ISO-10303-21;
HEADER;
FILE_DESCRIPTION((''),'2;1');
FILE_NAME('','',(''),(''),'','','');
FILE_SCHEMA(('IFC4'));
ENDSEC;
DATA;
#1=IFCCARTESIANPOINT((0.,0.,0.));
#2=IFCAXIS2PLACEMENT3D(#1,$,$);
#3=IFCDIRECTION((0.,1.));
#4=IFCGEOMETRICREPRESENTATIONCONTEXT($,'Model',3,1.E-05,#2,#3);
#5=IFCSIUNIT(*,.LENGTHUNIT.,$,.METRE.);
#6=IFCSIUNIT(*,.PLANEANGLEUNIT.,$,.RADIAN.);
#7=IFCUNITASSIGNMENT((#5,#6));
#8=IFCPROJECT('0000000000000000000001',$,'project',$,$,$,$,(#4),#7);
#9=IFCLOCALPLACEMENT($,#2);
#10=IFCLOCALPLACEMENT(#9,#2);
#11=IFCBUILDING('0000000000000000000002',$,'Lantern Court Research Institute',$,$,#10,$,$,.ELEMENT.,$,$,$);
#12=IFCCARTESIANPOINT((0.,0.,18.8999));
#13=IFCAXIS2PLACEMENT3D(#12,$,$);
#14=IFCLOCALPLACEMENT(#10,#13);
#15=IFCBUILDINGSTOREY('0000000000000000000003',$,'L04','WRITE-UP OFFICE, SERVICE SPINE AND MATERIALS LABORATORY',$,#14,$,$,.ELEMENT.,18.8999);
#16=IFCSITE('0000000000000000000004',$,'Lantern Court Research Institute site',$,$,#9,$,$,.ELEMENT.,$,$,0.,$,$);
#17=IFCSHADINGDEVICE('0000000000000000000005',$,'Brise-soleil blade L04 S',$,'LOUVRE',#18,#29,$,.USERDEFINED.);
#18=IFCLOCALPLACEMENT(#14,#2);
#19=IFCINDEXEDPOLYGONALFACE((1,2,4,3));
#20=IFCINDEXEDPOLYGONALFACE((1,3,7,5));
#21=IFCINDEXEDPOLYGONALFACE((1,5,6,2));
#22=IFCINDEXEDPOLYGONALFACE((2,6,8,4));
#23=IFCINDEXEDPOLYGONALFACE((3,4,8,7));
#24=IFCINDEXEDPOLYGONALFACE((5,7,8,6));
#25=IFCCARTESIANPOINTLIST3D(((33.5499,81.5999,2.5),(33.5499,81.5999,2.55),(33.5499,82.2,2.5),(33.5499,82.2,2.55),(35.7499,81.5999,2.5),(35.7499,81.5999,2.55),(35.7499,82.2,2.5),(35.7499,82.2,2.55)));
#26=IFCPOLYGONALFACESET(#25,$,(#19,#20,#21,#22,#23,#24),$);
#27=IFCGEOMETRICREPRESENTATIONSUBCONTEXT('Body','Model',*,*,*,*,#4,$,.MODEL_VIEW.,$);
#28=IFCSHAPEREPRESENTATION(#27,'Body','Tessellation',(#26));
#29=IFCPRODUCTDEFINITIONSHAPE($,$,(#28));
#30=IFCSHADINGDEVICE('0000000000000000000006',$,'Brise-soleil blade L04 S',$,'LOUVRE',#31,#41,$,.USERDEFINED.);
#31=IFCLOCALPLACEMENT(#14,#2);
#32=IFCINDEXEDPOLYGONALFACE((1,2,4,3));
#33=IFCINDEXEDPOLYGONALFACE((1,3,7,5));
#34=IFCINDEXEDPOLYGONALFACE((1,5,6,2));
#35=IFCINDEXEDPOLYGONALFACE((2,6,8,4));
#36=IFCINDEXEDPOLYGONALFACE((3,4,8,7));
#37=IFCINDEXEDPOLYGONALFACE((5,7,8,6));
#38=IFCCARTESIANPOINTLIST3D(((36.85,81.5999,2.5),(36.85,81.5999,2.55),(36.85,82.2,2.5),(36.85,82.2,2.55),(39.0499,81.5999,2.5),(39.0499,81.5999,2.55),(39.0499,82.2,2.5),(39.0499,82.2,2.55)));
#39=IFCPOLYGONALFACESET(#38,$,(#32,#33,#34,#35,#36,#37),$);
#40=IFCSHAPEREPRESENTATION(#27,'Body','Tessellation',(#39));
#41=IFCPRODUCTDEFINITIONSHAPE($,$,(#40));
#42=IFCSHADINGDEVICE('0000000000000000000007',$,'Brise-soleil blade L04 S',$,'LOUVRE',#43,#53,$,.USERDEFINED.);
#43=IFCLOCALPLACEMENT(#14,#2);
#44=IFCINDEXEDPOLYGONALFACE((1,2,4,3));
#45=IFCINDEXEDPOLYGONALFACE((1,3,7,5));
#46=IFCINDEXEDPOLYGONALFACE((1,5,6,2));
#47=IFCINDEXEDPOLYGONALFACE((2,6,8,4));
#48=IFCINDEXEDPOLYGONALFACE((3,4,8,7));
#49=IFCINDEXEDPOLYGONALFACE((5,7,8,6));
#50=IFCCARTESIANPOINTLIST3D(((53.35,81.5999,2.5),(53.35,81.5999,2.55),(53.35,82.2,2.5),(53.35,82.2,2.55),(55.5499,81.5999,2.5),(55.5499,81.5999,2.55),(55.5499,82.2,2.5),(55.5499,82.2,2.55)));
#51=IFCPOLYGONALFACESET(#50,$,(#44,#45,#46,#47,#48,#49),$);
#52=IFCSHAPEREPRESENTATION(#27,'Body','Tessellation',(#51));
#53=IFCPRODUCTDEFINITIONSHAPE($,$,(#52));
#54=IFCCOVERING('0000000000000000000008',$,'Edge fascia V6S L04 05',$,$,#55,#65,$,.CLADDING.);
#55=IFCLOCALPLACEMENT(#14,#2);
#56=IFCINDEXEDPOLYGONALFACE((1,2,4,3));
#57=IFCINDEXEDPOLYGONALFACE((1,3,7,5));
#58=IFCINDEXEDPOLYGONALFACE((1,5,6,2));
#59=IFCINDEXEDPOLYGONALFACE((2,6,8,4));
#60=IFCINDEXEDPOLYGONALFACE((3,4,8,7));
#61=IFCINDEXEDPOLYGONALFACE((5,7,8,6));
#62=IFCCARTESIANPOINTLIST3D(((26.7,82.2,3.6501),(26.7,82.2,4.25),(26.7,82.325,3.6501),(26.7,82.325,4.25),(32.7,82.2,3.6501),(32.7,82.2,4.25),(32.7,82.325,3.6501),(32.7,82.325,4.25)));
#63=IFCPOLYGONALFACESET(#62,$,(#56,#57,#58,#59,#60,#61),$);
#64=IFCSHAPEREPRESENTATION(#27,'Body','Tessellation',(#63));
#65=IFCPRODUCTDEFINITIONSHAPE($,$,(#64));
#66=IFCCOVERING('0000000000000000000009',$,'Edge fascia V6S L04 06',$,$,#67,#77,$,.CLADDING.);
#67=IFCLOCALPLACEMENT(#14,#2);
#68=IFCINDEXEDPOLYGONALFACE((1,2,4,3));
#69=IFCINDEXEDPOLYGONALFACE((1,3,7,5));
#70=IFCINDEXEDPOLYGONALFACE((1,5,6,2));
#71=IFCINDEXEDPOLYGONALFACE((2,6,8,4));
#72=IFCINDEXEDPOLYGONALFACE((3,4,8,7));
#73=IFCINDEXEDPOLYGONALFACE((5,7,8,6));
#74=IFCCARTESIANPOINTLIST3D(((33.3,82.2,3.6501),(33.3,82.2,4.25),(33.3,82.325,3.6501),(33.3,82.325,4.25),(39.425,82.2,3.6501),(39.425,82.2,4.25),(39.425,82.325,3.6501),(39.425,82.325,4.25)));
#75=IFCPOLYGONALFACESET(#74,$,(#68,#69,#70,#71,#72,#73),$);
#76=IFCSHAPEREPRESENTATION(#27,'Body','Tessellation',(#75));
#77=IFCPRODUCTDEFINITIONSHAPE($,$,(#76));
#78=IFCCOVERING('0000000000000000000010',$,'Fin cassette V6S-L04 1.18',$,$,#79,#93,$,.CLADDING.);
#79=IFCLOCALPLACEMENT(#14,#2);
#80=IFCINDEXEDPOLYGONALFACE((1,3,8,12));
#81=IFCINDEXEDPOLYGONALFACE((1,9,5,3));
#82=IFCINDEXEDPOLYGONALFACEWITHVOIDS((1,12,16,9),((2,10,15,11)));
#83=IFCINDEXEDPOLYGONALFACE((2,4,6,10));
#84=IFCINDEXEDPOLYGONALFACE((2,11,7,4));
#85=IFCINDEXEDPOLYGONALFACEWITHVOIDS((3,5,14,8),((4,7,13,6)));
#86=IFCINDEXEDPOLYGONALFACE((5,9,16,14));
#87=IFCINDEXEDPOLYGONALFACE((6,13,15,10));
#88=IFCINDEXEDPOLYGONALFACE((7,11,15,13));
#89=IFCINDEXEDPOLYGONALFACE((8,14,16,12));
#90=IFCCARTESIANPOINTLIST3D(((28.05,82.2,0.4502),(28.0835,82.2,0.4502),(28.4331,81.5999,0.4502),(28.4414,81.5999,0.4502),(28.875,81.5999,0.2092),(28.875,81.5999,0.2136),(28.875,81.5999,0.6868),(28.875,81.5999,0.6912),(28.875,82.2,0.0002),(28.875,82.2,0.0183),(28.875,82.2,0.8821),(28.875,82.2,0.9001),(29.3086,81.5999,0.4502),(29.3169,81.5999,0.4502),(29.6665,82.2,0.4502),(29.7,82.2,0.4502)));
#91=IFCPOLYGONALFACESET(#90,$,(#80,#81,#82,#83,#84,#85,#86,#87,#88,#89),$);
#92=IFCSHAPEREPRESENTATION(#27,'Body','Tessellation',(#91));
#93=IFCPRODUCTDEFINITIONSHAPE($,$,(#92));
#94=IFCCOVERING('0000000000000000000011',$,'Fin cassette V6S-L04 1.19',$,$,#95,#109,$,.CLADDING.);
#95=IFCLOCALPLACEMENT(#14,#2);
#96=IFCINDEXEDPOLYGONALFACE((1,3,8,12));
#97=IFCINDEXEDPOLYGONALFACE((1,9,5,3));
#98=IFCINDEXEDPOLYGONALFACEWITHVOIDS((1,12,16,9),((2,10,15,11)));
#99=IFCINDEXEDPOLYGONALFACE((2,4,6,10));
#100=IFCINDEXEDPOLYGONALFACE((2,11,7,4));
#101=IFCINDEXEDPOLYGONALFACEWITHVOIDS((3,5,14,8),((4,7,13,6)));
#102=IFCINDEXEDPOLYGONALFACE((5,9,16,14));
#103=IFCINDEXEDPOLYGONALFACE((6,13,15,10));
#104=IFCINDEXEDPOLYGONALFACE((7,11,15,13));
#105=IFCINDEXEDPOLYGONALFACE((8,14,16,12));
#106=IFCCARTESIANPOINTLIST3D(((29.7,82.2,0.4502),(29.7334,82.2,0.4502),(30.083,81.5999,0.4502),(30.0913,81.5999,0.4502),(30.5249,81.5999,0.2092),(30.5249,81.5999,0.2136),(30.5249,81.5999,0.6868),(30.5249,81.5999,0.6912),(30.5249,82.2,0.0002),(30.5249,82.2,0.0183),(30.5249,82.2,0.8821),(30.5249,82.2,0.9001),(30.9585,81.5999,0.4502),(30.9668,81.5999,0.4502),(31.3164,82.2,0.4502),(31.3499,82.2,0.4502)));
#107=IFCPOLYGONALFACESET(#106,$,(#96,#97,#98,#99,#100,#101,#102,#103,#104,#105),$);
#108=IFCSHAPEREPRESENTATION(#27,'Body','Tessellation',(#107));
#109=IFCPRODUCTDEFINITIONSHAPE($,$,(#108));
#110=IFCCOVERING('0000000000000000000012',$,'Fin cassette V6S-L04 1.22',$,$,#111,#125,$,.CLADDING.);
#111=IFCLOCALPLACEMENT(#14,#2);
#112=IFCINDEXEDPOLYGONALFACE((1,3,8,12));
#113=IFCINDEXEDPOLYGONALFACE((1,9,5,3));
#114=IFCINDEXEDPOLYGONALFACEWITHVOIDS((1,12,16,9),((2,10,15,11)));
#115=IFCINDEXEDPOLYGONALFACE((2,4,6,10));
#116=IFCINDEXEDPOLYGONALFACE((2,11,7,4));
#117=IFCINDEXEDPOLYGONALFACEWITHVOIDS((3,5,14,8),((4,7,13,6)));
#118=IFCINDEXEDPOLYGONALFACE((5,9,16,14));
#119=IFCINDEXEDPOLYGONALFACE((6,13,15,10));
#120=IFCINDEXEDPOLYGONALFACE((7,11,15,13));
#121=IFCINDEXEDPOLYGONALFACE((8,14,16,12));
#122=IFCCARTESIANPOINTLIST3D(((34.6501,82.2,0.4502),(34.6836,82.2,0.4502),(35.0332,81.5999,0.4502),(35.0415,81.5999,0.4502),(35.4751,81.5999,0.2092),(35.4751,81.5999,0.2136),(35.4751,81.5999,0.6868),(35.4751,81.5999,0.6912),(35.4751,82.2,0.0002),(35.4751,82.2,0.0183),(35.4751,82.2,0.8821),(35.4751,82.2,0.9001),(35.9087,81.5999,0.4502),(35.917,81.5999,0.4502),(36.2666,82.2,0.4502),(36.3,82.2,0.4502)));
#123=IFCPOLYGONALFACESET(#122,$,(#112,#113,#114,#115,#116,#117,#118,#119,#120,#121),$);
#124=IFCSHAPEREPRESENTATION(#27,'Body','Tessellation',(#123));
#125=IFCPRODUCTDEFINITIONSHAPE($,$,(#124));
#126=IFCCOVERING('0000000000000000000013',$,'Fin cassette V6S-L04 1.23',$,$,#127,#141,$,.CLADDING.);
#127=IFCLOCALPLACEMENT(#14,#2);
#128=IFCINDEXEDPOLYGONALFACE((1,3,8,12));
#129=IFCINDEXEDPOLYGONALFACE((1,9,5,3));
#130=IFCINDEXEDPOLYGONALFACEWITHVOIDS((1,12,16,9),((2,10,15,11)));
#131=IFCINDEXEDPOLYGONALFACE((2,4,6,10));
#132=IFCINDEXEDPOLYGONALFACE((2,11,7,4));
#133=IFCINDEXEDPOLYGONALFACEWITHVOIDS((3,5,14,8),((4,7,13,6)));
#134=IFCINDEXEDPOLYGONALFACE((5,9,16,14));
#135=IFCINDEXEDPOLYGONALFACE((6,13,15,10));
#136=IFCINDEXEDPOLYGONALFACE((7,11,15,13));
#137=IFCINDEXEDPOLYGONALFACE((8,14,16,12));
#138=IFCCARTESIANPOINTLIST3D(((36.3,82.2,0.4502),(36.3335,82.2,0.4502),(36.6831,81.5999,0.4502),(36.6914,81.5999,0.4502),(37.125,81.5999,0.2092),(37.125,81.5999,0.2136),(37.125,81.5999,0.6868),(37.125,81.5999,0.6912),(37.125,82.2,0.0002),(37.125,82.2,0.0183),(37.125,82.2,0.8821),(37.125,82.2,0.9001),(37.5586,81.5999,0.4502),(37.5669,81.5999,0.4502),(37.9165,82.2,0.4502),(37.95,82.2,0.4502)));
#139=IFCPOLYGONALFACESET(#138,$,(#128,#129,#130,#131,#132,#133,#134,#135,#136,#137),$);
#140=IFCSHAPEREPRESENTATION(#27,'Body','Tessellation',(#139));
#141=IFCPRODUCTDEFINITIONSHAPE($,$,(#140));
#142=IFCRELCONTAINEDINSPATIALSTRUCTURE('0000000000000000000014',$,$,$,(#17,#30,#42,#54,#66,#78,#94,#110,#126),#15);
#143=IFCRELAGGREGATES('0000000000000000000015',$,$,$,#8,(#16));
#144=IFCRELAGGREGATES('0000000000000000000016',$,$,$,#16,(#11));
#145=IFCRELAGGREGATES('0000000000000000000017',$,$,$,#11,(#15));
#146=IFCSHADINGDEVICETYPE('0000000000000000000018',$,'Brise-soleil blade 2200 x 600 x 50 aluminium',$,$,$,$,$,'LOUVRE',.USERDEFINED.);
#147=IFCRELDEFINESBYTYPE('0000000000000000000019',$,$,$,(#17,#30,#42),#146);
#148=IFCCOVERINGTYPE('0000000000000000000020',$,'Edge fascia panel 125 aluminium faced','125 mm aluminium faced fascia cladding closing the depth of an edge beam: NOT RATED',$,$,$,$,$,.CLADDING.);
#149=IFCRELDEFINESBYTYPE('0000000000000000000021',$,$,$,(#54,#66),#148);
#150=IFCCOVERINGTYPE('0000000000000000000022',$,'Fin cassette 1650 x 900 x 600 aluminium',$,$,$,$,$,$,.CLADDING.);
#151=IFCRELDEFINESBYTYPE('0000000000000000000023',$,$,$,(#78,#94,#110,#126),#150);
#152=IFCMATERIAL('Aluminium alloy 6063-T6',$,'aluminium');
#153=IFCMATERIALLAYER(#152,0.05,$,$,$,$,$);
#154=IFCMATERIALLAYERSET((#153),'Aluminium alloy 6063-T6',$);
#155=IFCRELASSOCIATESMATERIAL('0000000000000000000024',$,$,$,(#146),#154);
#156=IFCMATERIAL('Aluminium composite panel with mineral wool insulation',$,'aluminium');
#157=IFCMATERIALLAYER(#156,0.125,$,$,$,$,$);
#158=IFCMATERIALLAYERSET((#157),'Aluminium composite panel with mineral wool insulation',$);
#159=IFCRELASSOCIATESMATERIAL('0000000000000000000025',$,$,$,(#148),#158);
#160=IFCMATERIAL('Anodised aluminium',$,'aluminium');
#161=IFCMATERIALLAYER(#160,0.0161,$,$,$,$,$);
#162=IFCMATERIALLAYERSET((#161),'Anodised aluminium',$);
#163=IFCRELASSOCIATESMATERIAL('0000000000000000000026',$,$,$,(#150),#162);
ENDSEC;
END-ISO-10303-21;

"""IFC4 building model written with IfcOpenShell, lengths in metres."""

from ifc_helpers import new_model, entity, si_unit, direction, frame, frame_2d, origin, origin_2d, place, context, subcontext, project, spatial, rectangle, extrude, material, layer, layer_set, type_object, element, save


model = new_model("IFC4")

# Units and contexts
model_context = context("Model", 3, precision=1e-05, world=origin(), true_north=direction((0.0, 1.0)))
body_context = subcontext(model_context, "Body", "Model", "MODEL_VIEW")
ifc_project = project(units=[si_unit("LENGTHUNIT", "METRE"), si_unit("PLANEANGLEUNIT", "RADIAN")], contexts=[model_context])

# Site, building, storey
site_placement = place(None, origin())
site = spatial("IfcSite", under=ifc_project, at=site_placement, Name="Lantern Court Research Institute site", CompositionType="ELEMENT", RefElevation=0.0)
building_placement = place(site_placement, origin())
building = spatial("IfcBuilding", under=site, at=building_placement, Name="Lantern Court Research Institute", CompositionType="ELEMENT")
storey_placement = place(building_placement, frame((0.0, 0.0, 18.8999)))
storey = spatial("IfcBuildingStorey", under=building, at=storey_placement, Name="L04", Description="WRITE-UP OFFICE, SERVICE SPINE AND MATERIALS LABORATORY", CompositionType="ELEMENT", Elevation=18.8999)

# Shading devices
ifc_material_1 = material(Name="Aluminium alloy 6063-T6", Category="aluminium")
ifc_layer_1 = layer(ifc_material_1, 0.05)
ifc_layer_set_1 = layer_set([ifc_layer_1], Name="Aluminium alloy 6063-T6")
shading_device_type = type_object("IfcShadingDeviceType", Name="Brise-soleil blade 2200 x 600 x 50 aluminium", ElementType="LOUVRE", PredefinedType="USERDEFINED", material=ifc_layer_set_1)
for number, where, z_axis, x_axis, name in (
    (1, (34.6499, 81.8999, 2.5), (0.0, 0.0, 1.0), (-1.0, 0.0, 0.0), "Brise-soleil blade L04 S"),
    (2, (37.95, 81.8999, 2.5), (0.0, 0.0, 1.0), (-1.0, 0.0, 0.0), "Brise-soleil blade L04 S"),
    (3, (54.45, 81.8999, 2.5), (0.0, 0.0, 1.0), (-1.0, 0.0, 0.0), "Brise-soleil blade L04 S"),
):
    element("IfcShadingDevice", number, at=place(storey_placement, frame(where, z_axis=z_axis, x_axis=x_axis)), inside=storey, type_object=shading_device_type, Name=name, ObjectType="LOUVRE", PredefinedType="USERDEFINED", context=body_context, shape_type="SweptSolid", body=[
        extrude(rectangle(XDim=2.2, YDim=0.6001, at=origin_2d()), origin(), (0.0, 0.0, 1.0), 0.05),
    ])

# Coverings
ifc_material_2 = material(Name="Aluminium composite panel with mineral wool insulation", Category="aluminium")
ifc_layer_2 = layer(ifc_material_2, 0.125)
ifc_layer_set_2 = layer_set([ifc_layer_2], Name="Aluminium composite panel with mineral wool insulation")
covering_type_1 = type_object("IfcCoveringType", Name="Edge fascia panel 125 aluminium faced", Description="125 mm aluminium faced fascia cladding closing the depth of an edge beam: NOT RATED", PredefinedType="CLADDING", material=ifc_layer_set_2)
covering_1_placement = place(storey_placement, frame((32.7, 82.2625, 3.6501), z_axis=(0.0, 0.0, 1.0), x_axis=(-1.0, 0.0, 0.0)))
element("IfcCovering", 4, at=covering_1_placement, inside=storey, type_object=covering_type_1, Name="Edge fascia V6S L04 05", PredefinedType="CLADDING", context=body_context, shape_type="SweptSolid", body=[
    extrude(rectangle(XDim=6.0, YDim=0.125, at=frame_2d((3.0, 0.0))), origin(), (0.0, 0.0, 1.0), 0.5999),
])
covering_2_placement = place(storey_placement, frame((39.425, 82.2625, 3.6501), z_axis=(0.0, 0.0, 1.0), x_axis=(-1.0, 0.0, 0.0)))
element("IfcCovering", 5, at=covering_2_placement, inside=storey, type_object=covering_type_1, Name="Edge fascia V6S L04 06", PredefinedType="CLADDING", context=body_context, shape_type="SweptSolid", body=[
    extrude(rectangle(XDim=6.125, YDim=0.125, at=frame_2d((3.0625, 0.0))), origin(), (0.0, 0.0, 1.0), 0.5999),
])
ifc_material_3 = material(Name="Anodised aluminium", Category="aluminium")
ifc_layer_3 = layer(ifc_material_3, 0.0161)
ifc_layer_set_3 = layer_set([ifc_layer_3], Name="Anodised aluminium")
covering_type_2 = type_object("IfcCoveringType", Name="Fin cassette 1650 x 900 x 600 aluminium", PredefinedType="CLADDING", material=ifc_layer_set_3)
covering_3_placement = place(storey_placement, frame((28.875, 82.2, 0.4502), z_axis=(0.0, -1.0, 0.0), x_axis=(1.0, 0.0, 0.0)))
cartesian_point_1 = entity("IfcCartesianPoint", [0.825, 0.0])
cartesian_point_2 = entity("IfcCartesianPoint", [0.7915, 0.0])
cartesian_point_3 = entity("IfcCartesianPoint", [0.4419, 0.0])
cartesian_point_4 = entity("IfcCartesianPoint", [0.4336, 0.0])
element("IfcCovering", 6, at=covering_3_placement, inside=storey, type_object=covering_type_2, Name="Fin cassette V6S-L04 1.18", PredefinedType="CLADDING", context=body_context, shape_type="SweptSolid", body=[
    entity("IfcExtrudedAreaSolidTapered", entity("IfcArbitraryProfileDefWithVoids", "AREA", None, entity("IfcPolyline", [cartesian_point_1, entity("IfcCartesianPoint", [0.0, 0.45]), entity("IfcCartesianPoint", [-0.825, 0.0]), entity("IfcCartesianPoint", [0.0, -0.45]), cartesian_point_1]), [entity("IfcPolyline", [cartesian_point_2, entity("IfcCartesianPoint", [0.0, 0.4319]), entity("IfcCartesianPoint", [-0.7915, 0.0]), entity("IfcCartesianPoint", [0.0, -0.4319]), cartesian_point_2])]), entity("IfcAxis2Placement3D", entity("IfcCartesianPoint", [0.0, 0.0, 0.0])), entity("IfcDirection", [0.0, 0.0, 1.0]), 0.6001, entity("IfcArbitraryProfileDefWithVoids", "AREA", None, entity("IfcPolyline", [cartesian_point_3, entity("IfcCartesianPoint", [0.0, 0.241]), entity("IfcCartesianPoint", [-0.4419, 0.0]), entity("IfcCartesianPoint", [0.0, -0.241]), cartesian_point_3]), [entity("IfcPolyline", [cartesian_point_4, entity("IfcCartesianPoint", [0.0, 0.2366]), entity("IfcCartesianPoint", [-0.4336, 0.0]), entity("IfcCartesianPoint", [0.0, -0.2366]), cartesian_point_4])])),
])
covering_4_placement = place(storey_placement, frame((30.5249, 82.2, 0.4502), z_axis=(0.0, -1.0, 0.0), x_axis=(1.0, 0.0, 0.0)))
cartesian_point_5 = entity("IfcCartesianPoint", [0.825, 0.0])
cartesian_point_6 = entity("IfcCartesianPoint", [0.7915, 0.0])
cartesian_point_7 = entity("IfcCartesianPoint", [0.4419, 0.0])
cartesian_point_8 = entity("IfcCartesianPoint", [0.4336, 0.0])
element("IfcCovering", 7, at=covering_4_placement, inside=storey, type_object=covering_type_2, Name="Fin cassette V6S-L04 1.19", PredefinedType="CLADDING", context=body_context, shape_type="SweptSolid", body=[
    entity("IfcExtrudedAreaSolidTapered", entity("IfcArbitraryProfileDefWithVoids", "AREA", None, entity("IfcPolyline", [cartesian_point_5, entity("IfcCartesianPoint", [0.0, 0.45]), entity("IfcCartesianPoint", [-0.825, 0.0]), entity("IfcCartesianPoint", [0.0, -0.45]), cartesian_point_5]), [entity("IfcPolyline", [cartesian_point_6, entity("IfcCartesianPoint", [0.0, 0.4319]), entity("IfcCartesianPoint", [-0.7915, 0.0]), entity("IfcCartesianPoint", [0.0, -0.4319]), cartesian_point_6])]), entity("IfcAxis2Placement3D", entity("IfcCartesianPoint", [0.0, 0.0, 0.0])), entity("IfcDirection", [0.0, 0.0, 1.0]), 0.6001, entity("IfcArbitraryProfileDefWithVoids", "AREA", None, entity("IfcPolyline", [cartesian_point_7, entity("IfcCartesianPoint", [0.0, 0.241]), entity("IfcCartesianPoint", [-0.4419, 0.0]), entity("IfcCartesianPoint", [0.0, -0.241]), cartesian_point_7]), [entity("IfcPolyline", [cartesian_point_8, entity("IfcCartesianPoint", [0.0, 0.2366]), entity("IfcCartesianPoint", [-0.4336, 0.0]), entity("IfcCartesianPoint", [0.0, -0.2366]), cartesian_point_8])])),
])
covering_5_placement = place(storey_placement, frame((35.4751, 82.2, 0.4502), z_axis=(0.0, -1.0, 0.0), x_axis=(1.0, 0.0, 0.0)))
cartesian_point_9 = entity("IfcCartesianPoint", [0.825, 0.0])
cartesian_point_10 = entity("IfcCartesianPoint", [0.7915, 0.0])
cartesian_point_11 = entity("IfcCartesianPoint", [0.4419, 0.0])
cartesian_point_12 = entity("IfcCartesianPoint", [0.4336, 0.0])
element("IfcCovering", 8, at=covering_5_placement, inside=storey, type_object=covering_type_2, Name="Fin cassette V6S-L04 1.22", PredefinedType="CLADDING", context=body_context, shape_type="SweptSolid", body=[
    entity("IfcExtrudedAreaSolidTapered", entity("IfcArbitraryProfileDefWithVoids", "AREA", None, entity("IfcPolyline", [cartesian_point_9, entity("IfcCartesianPoint", [0.0, 0.45]), entity("IfcCartesianPoint", [-0.825, 0.0]), entity("IfcCartesianPoint", [0.0, -0.45]), cartesian_point_9]), [entity("IfcPolyline", [cartesian_point_10, entity("IfcCartesianPoint", [0.0, 0.4319]), entity("IfcCartesianPoint", [-0.7915, 0.0]), entity("IfcCartesianPoint", [0.0, -0.4319]), cartesian_point_10])]), entity("IfcAxis2Placement3D", entity("IfcCartesianPoint", [0.0, 0.0, 0.0])), entity("IfcDirection", [0.0, 0.0, 1.0]), 0.6001, entity("IfcArbitraryProfileDefWithVoids", "AREA", None, entity("IfcPolyline", [cartesian_point_11, entity("IfcCartesianPoint", [0.0, 0.241]), entity("IfcCartesianPoint", [-0.4419, 0.0]), entity("IfcCartesianPoint", [0.0, -0.241]), cartesian_point_11]), [entity("IfcPolyline", [cartesian_point_12, entity("IfcCartesianPoint", [0.0, 0.2366]), entity("IfcCartesianPoint", [-0.4336, 0.0]), entity("IfcCartesianPoint", [0.0, -0.2366]), cartesian_point_12])])),
])
covering_6_placement = place(storey_placement, frame((37.125, 82.2, 0.4502), z_axis=(0.0, -1.0, 0.0), x_axis=(1.0, 0.0, 0.0)))
cartesian_point_13 = entity("IfcCartesianPoint", [0.825, 0.0])
cartesian_point_14 = entity("IfcCartesianPoint", [0.7915, 0.0])
cartesian_point_15 = entity("IfcCartesianPoint", [0.4419, 0.0])
cartesian_point_16 = entity("IfcCartesianPoint", [0.4336, 0.0])
element("IfcCovering", 9, at=covering_6_placement, inside=storey, type_object=covering_type_2, Name="Fin cassette V6S-L04 1.23", PredefinedType="CLADDING", context=body_context, shape_type="SweptSolid", body=[
    entity("IfcExtrudedAreaSolidTapered", entity("IfcArbitraryProfileDefWithVoids", "AREA", None, entity("IfcPolyline", [cartesian_point_13, entity("IfcCartesianPoint", [0.0, 0.45]), entity("IfcCartesianPoint", [-0.825, 0.0]), entity("IfcCartesianPoint", [0.0, -0.45]), cartesian_point_13]), [entity("IfcPolyline", [cartesian_point_14, entity("IfcCartesianPoint", [0.0, 0.4319]), entity("IfcCartesianPoint", [-0.7915, 0.0]), entity("IfcCartesianPoint", [0.0, -0.4319]), cartesian_point_14])]), entity("IfcAxis2Placement3D", entity("IfcCartesianPoint", [0.0, 0.0, 0.0])), entity("IfcDirection", [0.0, 0.0, 1.0]), 0.6001, entity("IfcArbitraryProfileDefWithVoids", "AREA", None, entity("IfcPolyline", [cartesian_point_15, entity("IfcCartesianPoint", [0.0, 0.241]), entity("IfcCartesianPoint", [-0.4419, 0.0]), entity("IfcCartesianPoint", [0.0, -0.241]), cartesian_point_15]), [entity("IfcPolyline", [cartesian_point_16, entity("IfcCartesianPoint", [0.0, 0.2366]), entity("IfcCartesianPoint", [-0.4336, 0.0]), entity("IfcCartesianPoint", [0.0, -0.2366]), cartesian_point_16])])),
])

save(model, "model.ifc")
